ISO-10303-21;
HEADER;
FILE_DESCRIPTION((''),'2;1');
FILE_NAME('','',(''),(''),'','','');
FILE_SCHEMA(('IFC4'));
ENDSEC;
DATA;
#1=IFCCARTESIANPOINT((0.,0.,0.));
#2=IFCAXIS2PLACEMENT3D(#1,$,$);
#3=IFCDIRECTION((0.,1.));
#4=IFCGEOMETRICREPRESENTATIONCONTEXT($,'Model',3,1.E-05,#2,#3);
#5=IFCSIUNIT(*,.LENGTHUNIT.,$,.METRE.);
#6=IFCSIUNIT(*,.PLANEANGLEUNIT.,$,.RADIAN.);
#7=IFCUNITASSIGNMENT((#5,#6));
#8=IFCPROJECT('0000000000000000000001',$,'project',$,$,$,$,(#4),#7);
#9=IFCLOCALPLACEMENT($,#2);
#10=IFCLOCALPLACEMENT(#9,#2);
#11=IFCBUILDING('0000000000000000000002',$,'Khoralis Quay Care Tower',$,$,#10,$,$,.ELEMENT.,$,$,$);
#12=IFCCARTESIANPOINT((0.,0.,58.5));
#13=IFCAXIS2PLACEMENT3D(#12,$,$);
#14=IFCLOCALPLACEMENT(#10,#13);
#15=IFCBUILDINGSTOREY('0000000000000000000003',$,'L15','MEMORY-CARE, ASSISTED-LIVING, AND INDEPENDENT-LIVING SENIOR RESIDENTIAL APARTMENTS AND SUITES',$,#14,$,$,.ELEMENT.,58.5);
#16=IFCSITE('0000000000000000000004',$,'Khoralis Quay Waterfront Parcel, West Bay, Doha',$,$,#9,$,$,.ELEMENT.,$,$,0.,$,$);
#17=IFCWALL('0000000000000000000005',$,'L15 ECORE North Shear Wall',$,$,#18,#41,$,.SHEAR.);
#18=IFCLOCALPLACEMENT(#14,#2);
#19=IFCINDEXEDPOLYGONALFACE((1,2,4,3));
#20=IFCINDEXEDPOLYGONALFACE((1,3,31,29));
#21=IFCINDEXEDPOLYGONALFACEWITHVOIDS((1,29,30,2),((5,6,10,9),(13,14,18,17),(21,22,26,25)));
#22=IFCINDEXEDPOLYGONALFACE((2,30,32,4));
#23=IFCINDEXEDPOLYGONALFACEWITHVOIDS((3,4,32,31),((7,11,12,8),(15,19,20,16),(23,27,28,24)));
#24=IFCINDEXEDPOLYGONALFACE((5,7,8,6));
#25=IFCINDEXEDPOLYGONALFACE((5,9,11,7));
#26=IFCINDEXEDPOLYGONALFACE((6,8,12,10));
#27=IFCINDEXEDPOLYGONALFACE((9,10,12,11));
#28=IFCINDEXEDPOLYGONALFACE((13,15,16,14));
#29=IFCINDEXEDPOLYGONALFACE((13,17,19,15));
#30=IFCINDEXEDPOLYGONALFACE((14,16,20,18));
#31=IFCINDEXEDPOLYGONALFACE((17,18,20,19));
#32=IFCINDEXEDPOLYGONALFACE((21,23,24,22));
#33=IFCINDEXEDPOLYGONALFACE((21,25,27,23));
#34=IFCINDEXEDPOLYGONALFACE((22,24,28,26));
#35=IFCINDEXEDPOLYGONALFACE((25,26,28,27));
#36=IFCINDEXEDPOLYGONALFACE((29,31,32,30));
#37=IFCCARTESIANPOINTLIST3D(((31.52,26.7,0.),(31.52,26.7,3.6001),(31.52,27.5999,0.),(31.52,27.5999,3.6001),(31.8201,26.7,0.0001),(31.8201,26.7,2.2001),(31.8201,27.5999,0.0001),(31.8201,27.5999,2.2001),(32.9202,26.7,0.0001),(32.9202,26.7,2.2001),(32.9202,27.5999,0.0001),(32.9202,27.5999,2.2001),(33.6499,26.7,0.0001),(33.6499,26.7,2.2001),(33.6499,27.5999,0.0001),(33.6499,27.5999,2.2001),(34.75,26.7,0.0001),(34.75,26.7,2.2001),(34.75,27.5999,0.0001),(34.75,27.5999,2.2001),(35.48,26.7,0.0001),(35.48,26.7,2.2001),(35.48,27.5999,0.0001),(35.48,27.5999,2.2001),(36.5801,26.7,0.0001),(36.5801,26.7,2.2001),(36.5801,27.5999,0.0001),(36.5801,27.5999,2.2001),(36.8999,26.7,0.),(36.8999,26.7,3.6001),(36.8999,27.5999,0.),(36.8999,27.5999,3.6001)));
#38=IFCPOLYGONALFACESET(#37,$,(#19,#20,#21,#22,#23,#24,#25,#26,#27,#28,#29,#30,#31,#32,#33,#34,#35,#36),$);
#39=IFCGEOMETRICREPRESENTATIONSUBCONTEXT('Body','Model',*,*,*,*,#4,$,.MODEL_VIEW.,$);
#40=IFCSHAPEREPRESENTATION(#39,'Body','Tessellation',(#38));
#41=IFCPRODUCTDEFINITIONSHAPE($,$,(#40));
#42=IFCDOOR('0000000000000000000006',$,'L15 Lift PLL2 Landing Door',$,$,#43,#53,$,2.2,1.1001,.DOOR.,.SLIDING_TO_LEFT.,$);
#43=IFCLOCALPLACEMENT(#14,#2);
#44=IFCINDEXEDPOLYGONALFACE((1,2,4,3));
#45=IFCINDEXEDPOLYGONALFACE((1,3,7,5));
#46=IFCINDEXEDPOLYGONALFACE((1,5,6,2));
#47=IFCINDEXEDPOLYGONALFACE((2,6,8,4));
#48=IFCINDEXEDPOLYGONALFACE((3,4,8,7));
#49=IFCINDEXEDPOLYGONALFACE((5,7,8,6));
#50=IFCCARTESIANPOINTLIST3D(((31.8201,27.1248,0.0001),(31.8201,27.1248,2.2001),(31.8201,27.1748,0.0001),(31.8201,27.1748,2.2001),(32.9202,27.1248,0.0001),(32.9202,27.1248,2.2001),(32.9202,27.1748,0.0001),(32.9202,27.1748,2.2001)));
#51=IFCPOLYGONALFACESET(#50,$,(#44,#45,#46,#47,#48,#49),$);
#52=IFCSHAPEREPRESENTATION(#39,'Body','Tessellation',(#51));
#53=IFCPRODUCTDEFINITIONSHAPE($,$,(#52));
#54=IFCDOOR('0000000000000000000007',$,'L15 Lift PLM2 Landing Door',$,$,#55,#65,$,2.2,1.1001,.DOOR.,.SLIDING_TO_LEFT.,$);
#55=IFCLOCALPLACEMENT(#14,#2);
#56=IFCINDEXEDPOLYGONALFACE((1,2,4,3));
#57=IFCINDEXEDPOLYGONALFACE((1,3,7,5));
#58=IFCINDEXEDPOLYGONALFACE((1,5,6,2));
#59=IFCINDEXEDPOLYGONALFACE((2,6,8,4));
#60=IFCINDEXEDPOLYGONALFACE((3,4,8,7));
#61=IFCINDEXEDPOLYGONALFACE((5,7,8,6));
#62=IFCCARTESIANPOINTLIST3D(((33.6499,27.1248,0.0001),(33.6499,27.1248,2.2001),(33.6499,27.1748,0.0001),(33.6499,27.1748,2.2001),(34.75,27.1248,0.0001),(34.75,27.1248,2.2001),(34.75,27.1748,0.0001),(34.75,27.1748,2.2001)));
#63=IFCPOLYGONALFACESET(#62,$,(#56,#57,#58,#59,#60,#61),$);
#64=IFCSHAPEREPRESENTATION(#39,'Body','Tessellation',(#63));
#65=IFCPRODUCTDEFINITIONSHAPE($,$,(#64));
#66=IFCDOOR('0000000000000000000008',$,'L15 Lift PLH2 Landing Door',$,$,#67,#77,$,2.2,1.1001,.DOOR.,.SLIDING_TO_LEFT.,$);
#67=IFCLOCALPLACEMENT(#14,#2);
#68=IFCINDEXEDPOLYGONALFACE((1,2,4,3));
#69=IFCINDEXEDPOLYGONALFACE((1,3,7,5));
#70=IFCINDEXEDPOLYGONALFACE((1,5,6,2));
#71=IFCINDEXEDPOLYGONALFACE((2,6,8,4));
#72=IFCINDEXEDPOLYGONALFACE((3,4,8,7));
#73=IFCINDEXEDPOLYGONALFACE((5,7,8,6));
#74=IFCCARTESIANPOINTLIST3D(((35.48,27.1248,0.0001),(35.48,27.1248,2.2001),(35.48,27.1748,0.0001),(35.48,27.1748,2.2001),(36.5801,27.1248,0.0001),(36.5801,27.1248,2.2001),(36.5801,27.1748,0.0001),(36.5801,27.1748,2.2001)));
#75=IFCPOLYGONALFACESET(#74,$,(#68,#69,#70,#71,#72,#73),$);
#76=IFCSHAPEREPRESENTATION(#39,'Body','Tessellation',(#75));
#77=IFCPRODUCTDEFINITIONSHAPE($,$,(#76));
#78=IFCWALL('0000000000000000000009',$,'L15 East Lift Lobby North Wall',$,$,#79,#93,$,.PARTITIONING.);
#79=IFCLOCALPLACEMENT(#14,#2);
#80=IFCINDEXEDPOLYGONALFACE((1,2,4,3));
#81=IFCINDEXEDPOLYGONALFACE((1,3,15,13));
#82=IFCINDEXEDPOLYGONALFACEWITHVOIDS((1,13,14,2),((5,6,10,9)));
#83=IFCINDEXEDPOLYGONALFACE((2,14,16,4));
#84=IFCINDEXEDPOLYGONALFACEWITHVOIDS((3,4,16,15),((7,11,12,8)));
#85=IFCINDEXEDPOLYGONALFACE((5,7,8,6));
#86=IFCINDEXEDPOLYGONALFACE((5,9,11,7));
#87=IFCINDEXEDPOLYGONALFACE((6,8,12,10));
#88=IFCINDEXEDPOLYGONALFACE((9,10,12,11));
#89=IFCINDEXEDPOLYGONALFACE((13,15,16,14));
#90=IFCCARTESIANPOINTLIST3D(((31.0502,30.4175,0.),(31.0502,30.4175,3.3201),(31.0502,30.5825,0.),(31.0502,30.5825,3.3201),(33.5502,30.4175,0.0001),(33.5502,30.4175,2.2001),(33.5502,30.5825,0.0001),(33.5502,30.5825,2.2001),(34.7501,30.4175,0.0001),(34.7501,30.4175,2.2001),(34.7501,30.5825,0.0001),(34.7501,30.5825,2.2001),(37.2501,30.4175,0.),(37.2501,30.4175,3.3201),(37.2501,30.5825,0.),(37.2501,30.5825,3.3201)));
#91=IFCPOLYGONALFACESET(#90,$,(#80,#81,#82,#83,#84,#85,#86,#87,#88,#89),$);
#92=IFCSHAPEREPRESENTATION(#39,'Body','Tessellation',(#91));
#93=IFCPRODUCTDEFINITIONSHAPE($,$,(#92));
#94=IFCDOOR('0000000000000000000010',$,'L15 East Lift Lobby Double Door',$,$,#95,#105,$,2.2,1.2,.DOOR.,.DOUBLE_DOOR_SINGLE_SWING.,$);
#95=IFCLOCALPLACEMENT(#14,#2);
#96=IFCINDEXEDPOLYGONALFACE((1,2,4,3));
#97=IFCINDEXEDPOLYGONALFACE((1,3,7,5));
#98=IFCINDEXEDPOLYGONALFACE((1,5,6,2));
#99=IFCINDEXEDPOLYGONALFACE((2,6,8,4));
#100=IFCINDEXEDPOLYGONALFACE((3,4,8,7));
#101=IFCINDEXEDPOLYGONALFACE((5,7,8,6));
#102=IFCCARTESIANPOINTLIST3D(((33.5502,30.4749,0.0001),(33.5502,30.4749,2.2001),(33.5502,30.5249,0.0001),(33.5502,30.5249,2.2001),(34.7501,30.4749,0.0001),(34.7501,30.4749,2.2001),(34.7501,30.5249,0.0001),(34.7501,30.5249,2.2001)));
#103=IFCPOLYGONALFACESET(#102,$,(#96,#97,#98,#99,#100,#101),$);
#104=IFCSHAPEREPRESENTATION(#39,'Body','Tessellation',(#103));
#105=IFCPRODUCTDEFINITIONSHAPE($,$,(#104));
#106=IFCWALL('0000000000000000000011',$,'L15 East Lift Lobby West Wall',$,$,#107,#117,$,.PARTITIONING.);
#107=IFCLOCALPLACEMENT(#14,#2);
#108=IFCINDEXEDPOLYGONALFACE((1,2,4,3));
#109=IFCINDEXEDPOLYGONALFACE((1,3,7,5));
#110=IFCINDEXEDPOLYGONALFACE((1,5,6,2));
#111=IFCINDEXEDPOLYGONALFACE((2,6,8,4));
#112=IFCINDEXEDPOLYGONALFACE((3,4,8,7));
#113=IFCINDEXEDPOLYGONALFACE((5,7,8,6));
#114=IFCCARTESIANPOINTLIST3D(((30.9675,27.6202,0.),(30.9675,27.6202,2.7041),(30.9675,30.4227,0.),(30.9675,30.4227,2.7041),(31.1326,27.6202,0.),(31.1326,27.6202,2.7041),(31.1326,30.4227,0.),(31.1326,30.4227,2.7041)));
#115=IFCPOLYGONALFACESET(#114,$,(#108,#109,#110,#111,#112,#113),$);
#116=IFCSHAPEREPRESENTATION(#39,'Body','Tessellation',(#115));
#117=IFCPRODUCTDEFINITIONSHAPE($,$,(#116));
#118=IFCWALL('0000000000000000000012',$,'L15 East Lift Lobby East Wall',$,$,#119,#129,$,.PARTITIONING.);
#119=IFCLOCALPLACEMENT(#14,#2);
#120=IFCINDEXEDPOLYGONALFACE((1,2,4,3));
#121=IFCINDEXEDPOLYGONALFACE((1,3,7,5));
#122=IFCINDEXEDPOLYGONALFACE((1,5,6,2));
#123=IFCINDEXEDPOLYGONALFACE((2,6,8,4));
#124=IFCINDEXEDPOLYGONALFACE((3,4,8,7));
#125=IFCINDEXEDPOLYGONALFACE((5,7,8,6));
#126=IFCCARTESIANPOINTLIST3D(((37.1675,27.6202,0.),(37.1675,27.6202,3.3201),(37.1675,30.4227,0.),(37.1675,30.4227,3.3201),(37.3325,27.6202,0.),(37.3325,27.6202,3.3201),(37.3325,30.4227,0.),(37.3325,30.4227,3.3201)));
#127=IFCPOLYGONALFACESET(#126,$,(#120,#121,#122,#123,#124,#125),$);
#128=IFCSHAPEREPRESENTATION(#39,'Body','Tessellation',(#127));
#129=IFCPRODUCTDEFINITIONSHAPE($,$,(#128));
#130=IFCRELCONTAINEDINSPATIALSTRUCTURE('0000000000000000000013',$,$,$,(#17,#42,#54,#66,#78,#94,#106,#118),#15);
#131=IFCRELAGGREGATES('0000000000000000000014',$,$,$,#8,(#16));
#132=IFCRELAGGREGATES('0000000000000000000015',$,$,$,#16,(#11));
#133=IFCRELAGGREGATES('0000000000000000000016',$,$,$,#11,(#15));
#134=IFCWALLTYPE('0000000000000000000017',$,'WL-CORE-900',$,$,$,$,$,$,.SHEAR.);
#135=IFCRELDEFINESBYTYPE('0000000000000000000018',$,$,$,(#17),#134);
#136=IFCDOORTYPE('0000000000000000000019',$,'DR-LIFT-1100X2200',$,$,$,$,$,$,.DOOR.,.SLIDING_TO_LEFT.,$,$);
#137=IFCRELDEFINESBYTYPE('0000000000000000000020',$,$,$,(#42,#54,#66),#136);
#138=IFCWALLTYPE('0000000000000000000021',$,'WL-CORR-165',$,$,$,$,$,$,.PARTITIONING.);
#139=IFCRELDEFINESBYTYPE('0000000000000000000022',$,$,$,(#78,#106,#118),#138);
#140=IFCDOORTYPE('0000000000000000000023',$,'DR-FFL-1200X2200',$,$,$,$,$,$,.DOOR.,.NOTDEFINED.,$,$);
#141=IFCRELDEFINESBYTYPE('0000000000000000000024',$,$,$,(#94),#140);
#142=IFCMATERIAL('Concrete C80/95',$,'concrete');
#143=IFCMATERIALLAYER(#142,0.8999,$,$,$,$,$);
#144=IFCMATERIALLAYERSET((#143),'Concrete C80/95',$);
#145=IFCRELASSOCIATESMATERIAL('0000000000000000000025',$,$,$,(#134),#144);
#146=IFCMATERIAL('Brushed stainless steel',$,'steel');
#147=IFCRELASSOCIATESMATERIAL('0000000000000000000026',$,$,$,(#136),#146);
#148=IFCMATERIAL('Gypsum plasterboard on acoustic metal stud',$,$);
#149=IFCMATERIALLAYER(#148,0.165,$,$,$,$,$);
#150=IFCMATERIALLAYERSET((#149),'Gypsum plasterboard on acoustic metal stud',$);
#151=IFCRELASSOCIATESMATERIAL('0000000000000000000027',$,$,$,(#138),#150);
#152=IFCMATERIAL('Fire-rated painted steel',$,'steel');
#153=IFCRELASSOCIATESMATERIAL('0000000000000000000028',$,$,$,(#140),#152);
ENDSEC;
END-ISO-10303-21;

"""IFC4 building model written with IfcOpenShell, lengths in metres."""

from ifc_helpers import new_model, si_unit, direction, frame, frame_2d, origin, place, context, subcontext, project, spatial, rectangle, extrude, source, transform, mapped, material, layer, layer_set, type_object, element, fill, save


model = new_model("IFC4")

# Units and contexts
model_context = context("Model", 3, precision=1e-05, world=origin(), true_north=direction((0.0, 1.0)))
body_context = subcontext(model_context, "Body", "Model", "MODEL_VIEW")
ifc_project = project(units=[si_unit("LENGTHUNIT", "METRE"), si_unit("PLANEANGLEUNIT", "RADIAN")], contexts=[model_context])

# Site, building, storey
site_placement = place(None, origin())
site = spatial("IfcSite", under=ifc_project, at=site_placement, Name="Khoralis Quay Waterfront Parcel, West Bay, Doha", CompositionType="ELEMENT", RefElevation=0.0)
building_placement = place(site_placement, origin())
building = spatial("IfcBuilding", under=site, at=building_placement, Name="Khoralis Quay Care Tower", CompositionType="ELEMENT")
storey_placement = place(building_placement, frame((0.0, 0.0, 58.5)))
storey = spatial("IfcBuildingStorey", under=building, at=storey_placement, Name="L15", Description="MEMORY-CARE, ASSISTED-LIVING, AND INDEPENDENT-LIVING SENIOR RESIDENTIAL APARTMENTS AND SUITES", CompositionType="ELEMENT", Elevation=58.5)

# Wall, openings, doors
ifc_material_1 = material(Name="Concrete C80/95", Category="concrete")
ifc_layer_1 = layer(ifc_material_1, 0.8999)
ifc_layer_set_1 = layer_set([ifc_layer_1], Name="Concrete C80/95")
wall_type_1 = type_object("IfcWallType", Name="WL-CORE-900", PredefinedType="SHEAR", material=ifc_layer_set_1)
wall_1_placement = place(storey_placement, frame((31.52, 27.1499, 0.0), z_axis=(0.0, 0.0, 1.0), x_axis=(1.0, 0.0, 0.0)))
wall_1 = element("IfcWall", 1, at=wall_1_placement, inside=storey, type_object=wall_type_1, Name="L15 ECORE North Shear Wall", PredefinedType="SHEAR", context=body_context, shape_type="SweptSolid", body=[
    extrude(rectangle(XDim=5.3799, YDim=0.8999, at=frame_2d((2.6899, 0.0))), origin(), (0.0, 0.0, 1.0), 3.6001),
])
opening_1_placement = place(wall_1_placement, frame((0.3, 0.0, 0.0)))
opening_1 = element("IfcOpeningElement", 2, at=opening_1_placement, cuts=wall_1, PredefinedType="OPENING", context=body_context, shape_type="SweptSolid", body=[
    extrude(rectangle(XDim=1.1001, YDim=2.2, at=frame_2d((0.55, 1.1001))), frame((0.0, 0.46, 0.0), z_axis=(0.0, -1.0, 0.0), x_axis=(1.0, 0.0, 0.0)), (0.0, 0.0, 1.0), 0.9199),
])
opening_2_placement = place(wall_1_placement, frame((2.1299, 0.0, 0.0)))
opening_2 = element("IfcOpeningElement", 3, at=opening_2_placement, cuts=wall_1, PredefinedType="OPENING", context=body_context, shape_type="SweptSolid", body=[
    extrude(rectangle(XDim=1.1001, YDim=2.2, at=frame_2d((0.55, 1.1001))), frame((0.0, 0.46, 0.0), z_axis=(0.0, -1.0, 0.0), x_axis=(1.0, 0.0, 0.0)), (0.0, 0.0, 1.0), 0.9199),
])
opening_3_placement = place(wall_1_placement, frame((3.96, 0.0, 0.0)))
opening_3 = element("IfcOpeningElement", 4, at=opening_3_placement, cuts=wall_1, PredefinedType="OPENING", context=body_context, shape_type="SweptSolid", body=[
    extrude(rectangle(XDim=1.1001, YDim=2.2, at=frame_2d((0.55, 1.1001))), frame((0.0, 0.46, 0.0), z_axis=(0.0, -1.0, 0.0), x_axis=(1.0, 0.0, 0.0)), (0.0, 0.0, 1.0), 0.9199),
])
ifc_material_2 = material(Name="Brushed stainless steel", Category="steel")
door_type_1 = type_object("IfcDoorType", Name="DR-LIFT-1100X2200", OperationType="SLIDING_TO_LEFT", PredefinedType="DOOR", material=ifc_material_2)
shared_shape_1 = source(origin(), body_context, "Body", "SweptSolid", [
    extrude(rectangle(XDim=1.1001, YDim=2.2, at=frame_2d((0.55, 1.1001))), frame((0.0, 0.0249, 0.0), z_axis=(0.0, -1.0, 0.0), x_axis=(1.0, 0.0, 0.0)), (0.0, 0.0, 1.0), 0.05),
])
door_1_placement = place(opening_1_placement, origin())
door_1 = element("IfcDoor", 5, at=door_1_placement, inside=storey, type_object=door_type_1, Name="L15 Lift PLL2 Landing Door", OperationType="SLIDING_TO_LEFT", OverallHeight=2.2, OverallWidth=1.1001, PredefinedType="DOOR", context=body_context, shape_type="MappedRepresentation", body=[
    mapped(shared_shape_1, transform((0.0, 0.0, 0.0), scale=1.0)),
])
fill(opening_1, door_1)
door_2_placement = place(opening_2_placement, origin())
door_2 = element("IfcDoor", 6, at=door_2_placement, inside=storey, type_object=door_type_1, Name="L15 Lift PLM2 Landing Door", OperationType="SLIDING_TO_LEFT", OverallHeight=2.2, OverallWidth=1.1001, PredefinedType="DOOR", context=body_context, shape_type="MappedRepresentation", body=[
    mapped(shared_shape_1, transform((0.0, 0.0, 0.0), scale=1.0)),
])
fill(opening_2, door_2)
door_3_placement = place(opening_3_placement, origin())
door_3 = element("IfcDoor", 7, at=door_3_placement, inside=storey, type_object=door_type_1, Name="L15 Lift PLH2 Landing Door", OperationType="SLIDING_TO_LEFT", OverallHeight=2.2, OverallWidth=1.1001, PredefinedType="DOOR", context=body_context, shape_type="MappedRepresentation", body=[
    mapped(shared_shape_1, transform((0.0, 0.0, 0.0), scale=1.0)),
])
fill(opening_3, door_3)

# Wall, opening, door
ifc_material_3 = material(Name="Gypsum plasterboard on acoustic metal stud")
ifc_layer_2 = layer(ifc_material_3, 0.165)
ifc_layer_set_2 = layer_set([ifc_layer_2], Name="Gypsum plasterboard on acoustic metal stud")
wall_type_2 = type_object("IfcWallType", Name="WL-CORR-165", PredefinedType="PARTITIONING", material=ifc_layer_set_2)
wall_2_placement = place(storey_placement, frame((31.05, 30.5, 0.0), z_axis=(0.0, 0.0, 1.0), x_axis=(1.0, 0.0, 0.0)))
wall_2 = element("IfcWall", 8, at=wall_2_placement, inside=storey, type_object=wall_type_2, Name="L15 East Lift Lobby North Wall", PredefinedType="PARTITIONING", context=body_context, shape_type="SweptSolid", body=[
    extrude(rectangle(XDim=6.2, YDim=0.165, at=frame_2d((3.1001, 0.0))), origin(), (0.0, 0.0, 1.0), 3.3201),
])
opening_4_placement = place(wall_2_placement, frame((2.5, 0.0, 0.0)))
opening_4 = element("IfcOpeningElement", 9, at=opening_4_placement, cuts=wall_2, PredefinedType="OPENING", context=body_context, shape_type="SweptSolid", body=[
    extrude(rectangle(XDim=1.2, YDim=2.2, at=frame_2d((0.6001, 1.1001))), frame((0.0, 0.0925, 0.0), z_axis=(0.0, -1.0, 0.0), x_axis=(1.0, 0.0, 0.0)), (0.0, 0.0, 1.0), 0.1851),
])
ifc_material_4 = material(Name="Fire-rated painted steel", Category="steel")
door_type_2 = type_object("IfcDoorType", Name="DR-FFL-1200X2200", OperationType="NOTDEFINED", PredefinedType="DOOR", material=ifc_material_4)
shared_shape_2 = source(origin(), body_context, "Body", "SweptSolid", [
    extrude(rectangle(XDim=1.2, YDim=2.2, at=frame_2d((0.6001, 1.1001))), frame((0.0, 0.0249, 0.0), z_axis=(0.0, -1.0, 0.0), x_axis=(1.0, 0.0, 0.0)), (0.0, 0.0, 1.0), 0.05),
])
door_4_placement = place(opening_4_placement, origin())
door_4 = element("IfcDoor", 10, at=door_4_placement, inside=storey, type_object=door_type_2, Name="L15 East Lift Lobby Double Door", OperationType="DOUBLE_DOOR_SINGLE_SWING", OverallHeight=2.2, OverallWidth=1.2, PredefinedType="DOOR", context=body_context, shape_type="MappedRepresentation", body=[
    mapped(shared_shape_2, transform((0.0, 0.0, 0.0), scale=1.0)),
])
fill(opening_4, door_4)

# Walls
wall_3_placement = place(storey_placement, frame((31.05, 27.6201, 0.0), z_axis=(0.0, 0.0, 1.0), x_axis=(0.0, 1.0, 0.0)))
element("IfcWall", 11, at=wall_3_placement, inside=storey, type_object=wall_type_2, Name="L15 East Lift Lobby West Wall", PredefinedType="PARTITIONING", context=body_context, shape_type="SweptSolid", body=[
    extrude(rectangle(XDim=2.8025, YDim=0.165, at=frame_2d((1.4014, 0.0))), origin(), (0.0, 0.0, 1.0), 2.7041),
])
wall_4_placement = place(storey_placement, frame((37.25, 27.6201, 0.0), z_axis=(0.0, 0.0, 1.0), x_axis=(0.0, 1.0, 0.0)))
element("IfcWall", 12, at=wall_4_placement, inside=storey, type_object=wall_type_2, Name="L15 East Lift Lobby East Wall", PredefinedType="PARTITIONING", context=body_context, shape_type="SweptSolid", body=[
    extrude(rectangle(XDim=2.8025, YDim=0.165, at=frame_2d((1.4014, 0.0))), origin(), (0.0, 0.0, 1.0), 3.3201),
])

save(model, "model.ifc")
